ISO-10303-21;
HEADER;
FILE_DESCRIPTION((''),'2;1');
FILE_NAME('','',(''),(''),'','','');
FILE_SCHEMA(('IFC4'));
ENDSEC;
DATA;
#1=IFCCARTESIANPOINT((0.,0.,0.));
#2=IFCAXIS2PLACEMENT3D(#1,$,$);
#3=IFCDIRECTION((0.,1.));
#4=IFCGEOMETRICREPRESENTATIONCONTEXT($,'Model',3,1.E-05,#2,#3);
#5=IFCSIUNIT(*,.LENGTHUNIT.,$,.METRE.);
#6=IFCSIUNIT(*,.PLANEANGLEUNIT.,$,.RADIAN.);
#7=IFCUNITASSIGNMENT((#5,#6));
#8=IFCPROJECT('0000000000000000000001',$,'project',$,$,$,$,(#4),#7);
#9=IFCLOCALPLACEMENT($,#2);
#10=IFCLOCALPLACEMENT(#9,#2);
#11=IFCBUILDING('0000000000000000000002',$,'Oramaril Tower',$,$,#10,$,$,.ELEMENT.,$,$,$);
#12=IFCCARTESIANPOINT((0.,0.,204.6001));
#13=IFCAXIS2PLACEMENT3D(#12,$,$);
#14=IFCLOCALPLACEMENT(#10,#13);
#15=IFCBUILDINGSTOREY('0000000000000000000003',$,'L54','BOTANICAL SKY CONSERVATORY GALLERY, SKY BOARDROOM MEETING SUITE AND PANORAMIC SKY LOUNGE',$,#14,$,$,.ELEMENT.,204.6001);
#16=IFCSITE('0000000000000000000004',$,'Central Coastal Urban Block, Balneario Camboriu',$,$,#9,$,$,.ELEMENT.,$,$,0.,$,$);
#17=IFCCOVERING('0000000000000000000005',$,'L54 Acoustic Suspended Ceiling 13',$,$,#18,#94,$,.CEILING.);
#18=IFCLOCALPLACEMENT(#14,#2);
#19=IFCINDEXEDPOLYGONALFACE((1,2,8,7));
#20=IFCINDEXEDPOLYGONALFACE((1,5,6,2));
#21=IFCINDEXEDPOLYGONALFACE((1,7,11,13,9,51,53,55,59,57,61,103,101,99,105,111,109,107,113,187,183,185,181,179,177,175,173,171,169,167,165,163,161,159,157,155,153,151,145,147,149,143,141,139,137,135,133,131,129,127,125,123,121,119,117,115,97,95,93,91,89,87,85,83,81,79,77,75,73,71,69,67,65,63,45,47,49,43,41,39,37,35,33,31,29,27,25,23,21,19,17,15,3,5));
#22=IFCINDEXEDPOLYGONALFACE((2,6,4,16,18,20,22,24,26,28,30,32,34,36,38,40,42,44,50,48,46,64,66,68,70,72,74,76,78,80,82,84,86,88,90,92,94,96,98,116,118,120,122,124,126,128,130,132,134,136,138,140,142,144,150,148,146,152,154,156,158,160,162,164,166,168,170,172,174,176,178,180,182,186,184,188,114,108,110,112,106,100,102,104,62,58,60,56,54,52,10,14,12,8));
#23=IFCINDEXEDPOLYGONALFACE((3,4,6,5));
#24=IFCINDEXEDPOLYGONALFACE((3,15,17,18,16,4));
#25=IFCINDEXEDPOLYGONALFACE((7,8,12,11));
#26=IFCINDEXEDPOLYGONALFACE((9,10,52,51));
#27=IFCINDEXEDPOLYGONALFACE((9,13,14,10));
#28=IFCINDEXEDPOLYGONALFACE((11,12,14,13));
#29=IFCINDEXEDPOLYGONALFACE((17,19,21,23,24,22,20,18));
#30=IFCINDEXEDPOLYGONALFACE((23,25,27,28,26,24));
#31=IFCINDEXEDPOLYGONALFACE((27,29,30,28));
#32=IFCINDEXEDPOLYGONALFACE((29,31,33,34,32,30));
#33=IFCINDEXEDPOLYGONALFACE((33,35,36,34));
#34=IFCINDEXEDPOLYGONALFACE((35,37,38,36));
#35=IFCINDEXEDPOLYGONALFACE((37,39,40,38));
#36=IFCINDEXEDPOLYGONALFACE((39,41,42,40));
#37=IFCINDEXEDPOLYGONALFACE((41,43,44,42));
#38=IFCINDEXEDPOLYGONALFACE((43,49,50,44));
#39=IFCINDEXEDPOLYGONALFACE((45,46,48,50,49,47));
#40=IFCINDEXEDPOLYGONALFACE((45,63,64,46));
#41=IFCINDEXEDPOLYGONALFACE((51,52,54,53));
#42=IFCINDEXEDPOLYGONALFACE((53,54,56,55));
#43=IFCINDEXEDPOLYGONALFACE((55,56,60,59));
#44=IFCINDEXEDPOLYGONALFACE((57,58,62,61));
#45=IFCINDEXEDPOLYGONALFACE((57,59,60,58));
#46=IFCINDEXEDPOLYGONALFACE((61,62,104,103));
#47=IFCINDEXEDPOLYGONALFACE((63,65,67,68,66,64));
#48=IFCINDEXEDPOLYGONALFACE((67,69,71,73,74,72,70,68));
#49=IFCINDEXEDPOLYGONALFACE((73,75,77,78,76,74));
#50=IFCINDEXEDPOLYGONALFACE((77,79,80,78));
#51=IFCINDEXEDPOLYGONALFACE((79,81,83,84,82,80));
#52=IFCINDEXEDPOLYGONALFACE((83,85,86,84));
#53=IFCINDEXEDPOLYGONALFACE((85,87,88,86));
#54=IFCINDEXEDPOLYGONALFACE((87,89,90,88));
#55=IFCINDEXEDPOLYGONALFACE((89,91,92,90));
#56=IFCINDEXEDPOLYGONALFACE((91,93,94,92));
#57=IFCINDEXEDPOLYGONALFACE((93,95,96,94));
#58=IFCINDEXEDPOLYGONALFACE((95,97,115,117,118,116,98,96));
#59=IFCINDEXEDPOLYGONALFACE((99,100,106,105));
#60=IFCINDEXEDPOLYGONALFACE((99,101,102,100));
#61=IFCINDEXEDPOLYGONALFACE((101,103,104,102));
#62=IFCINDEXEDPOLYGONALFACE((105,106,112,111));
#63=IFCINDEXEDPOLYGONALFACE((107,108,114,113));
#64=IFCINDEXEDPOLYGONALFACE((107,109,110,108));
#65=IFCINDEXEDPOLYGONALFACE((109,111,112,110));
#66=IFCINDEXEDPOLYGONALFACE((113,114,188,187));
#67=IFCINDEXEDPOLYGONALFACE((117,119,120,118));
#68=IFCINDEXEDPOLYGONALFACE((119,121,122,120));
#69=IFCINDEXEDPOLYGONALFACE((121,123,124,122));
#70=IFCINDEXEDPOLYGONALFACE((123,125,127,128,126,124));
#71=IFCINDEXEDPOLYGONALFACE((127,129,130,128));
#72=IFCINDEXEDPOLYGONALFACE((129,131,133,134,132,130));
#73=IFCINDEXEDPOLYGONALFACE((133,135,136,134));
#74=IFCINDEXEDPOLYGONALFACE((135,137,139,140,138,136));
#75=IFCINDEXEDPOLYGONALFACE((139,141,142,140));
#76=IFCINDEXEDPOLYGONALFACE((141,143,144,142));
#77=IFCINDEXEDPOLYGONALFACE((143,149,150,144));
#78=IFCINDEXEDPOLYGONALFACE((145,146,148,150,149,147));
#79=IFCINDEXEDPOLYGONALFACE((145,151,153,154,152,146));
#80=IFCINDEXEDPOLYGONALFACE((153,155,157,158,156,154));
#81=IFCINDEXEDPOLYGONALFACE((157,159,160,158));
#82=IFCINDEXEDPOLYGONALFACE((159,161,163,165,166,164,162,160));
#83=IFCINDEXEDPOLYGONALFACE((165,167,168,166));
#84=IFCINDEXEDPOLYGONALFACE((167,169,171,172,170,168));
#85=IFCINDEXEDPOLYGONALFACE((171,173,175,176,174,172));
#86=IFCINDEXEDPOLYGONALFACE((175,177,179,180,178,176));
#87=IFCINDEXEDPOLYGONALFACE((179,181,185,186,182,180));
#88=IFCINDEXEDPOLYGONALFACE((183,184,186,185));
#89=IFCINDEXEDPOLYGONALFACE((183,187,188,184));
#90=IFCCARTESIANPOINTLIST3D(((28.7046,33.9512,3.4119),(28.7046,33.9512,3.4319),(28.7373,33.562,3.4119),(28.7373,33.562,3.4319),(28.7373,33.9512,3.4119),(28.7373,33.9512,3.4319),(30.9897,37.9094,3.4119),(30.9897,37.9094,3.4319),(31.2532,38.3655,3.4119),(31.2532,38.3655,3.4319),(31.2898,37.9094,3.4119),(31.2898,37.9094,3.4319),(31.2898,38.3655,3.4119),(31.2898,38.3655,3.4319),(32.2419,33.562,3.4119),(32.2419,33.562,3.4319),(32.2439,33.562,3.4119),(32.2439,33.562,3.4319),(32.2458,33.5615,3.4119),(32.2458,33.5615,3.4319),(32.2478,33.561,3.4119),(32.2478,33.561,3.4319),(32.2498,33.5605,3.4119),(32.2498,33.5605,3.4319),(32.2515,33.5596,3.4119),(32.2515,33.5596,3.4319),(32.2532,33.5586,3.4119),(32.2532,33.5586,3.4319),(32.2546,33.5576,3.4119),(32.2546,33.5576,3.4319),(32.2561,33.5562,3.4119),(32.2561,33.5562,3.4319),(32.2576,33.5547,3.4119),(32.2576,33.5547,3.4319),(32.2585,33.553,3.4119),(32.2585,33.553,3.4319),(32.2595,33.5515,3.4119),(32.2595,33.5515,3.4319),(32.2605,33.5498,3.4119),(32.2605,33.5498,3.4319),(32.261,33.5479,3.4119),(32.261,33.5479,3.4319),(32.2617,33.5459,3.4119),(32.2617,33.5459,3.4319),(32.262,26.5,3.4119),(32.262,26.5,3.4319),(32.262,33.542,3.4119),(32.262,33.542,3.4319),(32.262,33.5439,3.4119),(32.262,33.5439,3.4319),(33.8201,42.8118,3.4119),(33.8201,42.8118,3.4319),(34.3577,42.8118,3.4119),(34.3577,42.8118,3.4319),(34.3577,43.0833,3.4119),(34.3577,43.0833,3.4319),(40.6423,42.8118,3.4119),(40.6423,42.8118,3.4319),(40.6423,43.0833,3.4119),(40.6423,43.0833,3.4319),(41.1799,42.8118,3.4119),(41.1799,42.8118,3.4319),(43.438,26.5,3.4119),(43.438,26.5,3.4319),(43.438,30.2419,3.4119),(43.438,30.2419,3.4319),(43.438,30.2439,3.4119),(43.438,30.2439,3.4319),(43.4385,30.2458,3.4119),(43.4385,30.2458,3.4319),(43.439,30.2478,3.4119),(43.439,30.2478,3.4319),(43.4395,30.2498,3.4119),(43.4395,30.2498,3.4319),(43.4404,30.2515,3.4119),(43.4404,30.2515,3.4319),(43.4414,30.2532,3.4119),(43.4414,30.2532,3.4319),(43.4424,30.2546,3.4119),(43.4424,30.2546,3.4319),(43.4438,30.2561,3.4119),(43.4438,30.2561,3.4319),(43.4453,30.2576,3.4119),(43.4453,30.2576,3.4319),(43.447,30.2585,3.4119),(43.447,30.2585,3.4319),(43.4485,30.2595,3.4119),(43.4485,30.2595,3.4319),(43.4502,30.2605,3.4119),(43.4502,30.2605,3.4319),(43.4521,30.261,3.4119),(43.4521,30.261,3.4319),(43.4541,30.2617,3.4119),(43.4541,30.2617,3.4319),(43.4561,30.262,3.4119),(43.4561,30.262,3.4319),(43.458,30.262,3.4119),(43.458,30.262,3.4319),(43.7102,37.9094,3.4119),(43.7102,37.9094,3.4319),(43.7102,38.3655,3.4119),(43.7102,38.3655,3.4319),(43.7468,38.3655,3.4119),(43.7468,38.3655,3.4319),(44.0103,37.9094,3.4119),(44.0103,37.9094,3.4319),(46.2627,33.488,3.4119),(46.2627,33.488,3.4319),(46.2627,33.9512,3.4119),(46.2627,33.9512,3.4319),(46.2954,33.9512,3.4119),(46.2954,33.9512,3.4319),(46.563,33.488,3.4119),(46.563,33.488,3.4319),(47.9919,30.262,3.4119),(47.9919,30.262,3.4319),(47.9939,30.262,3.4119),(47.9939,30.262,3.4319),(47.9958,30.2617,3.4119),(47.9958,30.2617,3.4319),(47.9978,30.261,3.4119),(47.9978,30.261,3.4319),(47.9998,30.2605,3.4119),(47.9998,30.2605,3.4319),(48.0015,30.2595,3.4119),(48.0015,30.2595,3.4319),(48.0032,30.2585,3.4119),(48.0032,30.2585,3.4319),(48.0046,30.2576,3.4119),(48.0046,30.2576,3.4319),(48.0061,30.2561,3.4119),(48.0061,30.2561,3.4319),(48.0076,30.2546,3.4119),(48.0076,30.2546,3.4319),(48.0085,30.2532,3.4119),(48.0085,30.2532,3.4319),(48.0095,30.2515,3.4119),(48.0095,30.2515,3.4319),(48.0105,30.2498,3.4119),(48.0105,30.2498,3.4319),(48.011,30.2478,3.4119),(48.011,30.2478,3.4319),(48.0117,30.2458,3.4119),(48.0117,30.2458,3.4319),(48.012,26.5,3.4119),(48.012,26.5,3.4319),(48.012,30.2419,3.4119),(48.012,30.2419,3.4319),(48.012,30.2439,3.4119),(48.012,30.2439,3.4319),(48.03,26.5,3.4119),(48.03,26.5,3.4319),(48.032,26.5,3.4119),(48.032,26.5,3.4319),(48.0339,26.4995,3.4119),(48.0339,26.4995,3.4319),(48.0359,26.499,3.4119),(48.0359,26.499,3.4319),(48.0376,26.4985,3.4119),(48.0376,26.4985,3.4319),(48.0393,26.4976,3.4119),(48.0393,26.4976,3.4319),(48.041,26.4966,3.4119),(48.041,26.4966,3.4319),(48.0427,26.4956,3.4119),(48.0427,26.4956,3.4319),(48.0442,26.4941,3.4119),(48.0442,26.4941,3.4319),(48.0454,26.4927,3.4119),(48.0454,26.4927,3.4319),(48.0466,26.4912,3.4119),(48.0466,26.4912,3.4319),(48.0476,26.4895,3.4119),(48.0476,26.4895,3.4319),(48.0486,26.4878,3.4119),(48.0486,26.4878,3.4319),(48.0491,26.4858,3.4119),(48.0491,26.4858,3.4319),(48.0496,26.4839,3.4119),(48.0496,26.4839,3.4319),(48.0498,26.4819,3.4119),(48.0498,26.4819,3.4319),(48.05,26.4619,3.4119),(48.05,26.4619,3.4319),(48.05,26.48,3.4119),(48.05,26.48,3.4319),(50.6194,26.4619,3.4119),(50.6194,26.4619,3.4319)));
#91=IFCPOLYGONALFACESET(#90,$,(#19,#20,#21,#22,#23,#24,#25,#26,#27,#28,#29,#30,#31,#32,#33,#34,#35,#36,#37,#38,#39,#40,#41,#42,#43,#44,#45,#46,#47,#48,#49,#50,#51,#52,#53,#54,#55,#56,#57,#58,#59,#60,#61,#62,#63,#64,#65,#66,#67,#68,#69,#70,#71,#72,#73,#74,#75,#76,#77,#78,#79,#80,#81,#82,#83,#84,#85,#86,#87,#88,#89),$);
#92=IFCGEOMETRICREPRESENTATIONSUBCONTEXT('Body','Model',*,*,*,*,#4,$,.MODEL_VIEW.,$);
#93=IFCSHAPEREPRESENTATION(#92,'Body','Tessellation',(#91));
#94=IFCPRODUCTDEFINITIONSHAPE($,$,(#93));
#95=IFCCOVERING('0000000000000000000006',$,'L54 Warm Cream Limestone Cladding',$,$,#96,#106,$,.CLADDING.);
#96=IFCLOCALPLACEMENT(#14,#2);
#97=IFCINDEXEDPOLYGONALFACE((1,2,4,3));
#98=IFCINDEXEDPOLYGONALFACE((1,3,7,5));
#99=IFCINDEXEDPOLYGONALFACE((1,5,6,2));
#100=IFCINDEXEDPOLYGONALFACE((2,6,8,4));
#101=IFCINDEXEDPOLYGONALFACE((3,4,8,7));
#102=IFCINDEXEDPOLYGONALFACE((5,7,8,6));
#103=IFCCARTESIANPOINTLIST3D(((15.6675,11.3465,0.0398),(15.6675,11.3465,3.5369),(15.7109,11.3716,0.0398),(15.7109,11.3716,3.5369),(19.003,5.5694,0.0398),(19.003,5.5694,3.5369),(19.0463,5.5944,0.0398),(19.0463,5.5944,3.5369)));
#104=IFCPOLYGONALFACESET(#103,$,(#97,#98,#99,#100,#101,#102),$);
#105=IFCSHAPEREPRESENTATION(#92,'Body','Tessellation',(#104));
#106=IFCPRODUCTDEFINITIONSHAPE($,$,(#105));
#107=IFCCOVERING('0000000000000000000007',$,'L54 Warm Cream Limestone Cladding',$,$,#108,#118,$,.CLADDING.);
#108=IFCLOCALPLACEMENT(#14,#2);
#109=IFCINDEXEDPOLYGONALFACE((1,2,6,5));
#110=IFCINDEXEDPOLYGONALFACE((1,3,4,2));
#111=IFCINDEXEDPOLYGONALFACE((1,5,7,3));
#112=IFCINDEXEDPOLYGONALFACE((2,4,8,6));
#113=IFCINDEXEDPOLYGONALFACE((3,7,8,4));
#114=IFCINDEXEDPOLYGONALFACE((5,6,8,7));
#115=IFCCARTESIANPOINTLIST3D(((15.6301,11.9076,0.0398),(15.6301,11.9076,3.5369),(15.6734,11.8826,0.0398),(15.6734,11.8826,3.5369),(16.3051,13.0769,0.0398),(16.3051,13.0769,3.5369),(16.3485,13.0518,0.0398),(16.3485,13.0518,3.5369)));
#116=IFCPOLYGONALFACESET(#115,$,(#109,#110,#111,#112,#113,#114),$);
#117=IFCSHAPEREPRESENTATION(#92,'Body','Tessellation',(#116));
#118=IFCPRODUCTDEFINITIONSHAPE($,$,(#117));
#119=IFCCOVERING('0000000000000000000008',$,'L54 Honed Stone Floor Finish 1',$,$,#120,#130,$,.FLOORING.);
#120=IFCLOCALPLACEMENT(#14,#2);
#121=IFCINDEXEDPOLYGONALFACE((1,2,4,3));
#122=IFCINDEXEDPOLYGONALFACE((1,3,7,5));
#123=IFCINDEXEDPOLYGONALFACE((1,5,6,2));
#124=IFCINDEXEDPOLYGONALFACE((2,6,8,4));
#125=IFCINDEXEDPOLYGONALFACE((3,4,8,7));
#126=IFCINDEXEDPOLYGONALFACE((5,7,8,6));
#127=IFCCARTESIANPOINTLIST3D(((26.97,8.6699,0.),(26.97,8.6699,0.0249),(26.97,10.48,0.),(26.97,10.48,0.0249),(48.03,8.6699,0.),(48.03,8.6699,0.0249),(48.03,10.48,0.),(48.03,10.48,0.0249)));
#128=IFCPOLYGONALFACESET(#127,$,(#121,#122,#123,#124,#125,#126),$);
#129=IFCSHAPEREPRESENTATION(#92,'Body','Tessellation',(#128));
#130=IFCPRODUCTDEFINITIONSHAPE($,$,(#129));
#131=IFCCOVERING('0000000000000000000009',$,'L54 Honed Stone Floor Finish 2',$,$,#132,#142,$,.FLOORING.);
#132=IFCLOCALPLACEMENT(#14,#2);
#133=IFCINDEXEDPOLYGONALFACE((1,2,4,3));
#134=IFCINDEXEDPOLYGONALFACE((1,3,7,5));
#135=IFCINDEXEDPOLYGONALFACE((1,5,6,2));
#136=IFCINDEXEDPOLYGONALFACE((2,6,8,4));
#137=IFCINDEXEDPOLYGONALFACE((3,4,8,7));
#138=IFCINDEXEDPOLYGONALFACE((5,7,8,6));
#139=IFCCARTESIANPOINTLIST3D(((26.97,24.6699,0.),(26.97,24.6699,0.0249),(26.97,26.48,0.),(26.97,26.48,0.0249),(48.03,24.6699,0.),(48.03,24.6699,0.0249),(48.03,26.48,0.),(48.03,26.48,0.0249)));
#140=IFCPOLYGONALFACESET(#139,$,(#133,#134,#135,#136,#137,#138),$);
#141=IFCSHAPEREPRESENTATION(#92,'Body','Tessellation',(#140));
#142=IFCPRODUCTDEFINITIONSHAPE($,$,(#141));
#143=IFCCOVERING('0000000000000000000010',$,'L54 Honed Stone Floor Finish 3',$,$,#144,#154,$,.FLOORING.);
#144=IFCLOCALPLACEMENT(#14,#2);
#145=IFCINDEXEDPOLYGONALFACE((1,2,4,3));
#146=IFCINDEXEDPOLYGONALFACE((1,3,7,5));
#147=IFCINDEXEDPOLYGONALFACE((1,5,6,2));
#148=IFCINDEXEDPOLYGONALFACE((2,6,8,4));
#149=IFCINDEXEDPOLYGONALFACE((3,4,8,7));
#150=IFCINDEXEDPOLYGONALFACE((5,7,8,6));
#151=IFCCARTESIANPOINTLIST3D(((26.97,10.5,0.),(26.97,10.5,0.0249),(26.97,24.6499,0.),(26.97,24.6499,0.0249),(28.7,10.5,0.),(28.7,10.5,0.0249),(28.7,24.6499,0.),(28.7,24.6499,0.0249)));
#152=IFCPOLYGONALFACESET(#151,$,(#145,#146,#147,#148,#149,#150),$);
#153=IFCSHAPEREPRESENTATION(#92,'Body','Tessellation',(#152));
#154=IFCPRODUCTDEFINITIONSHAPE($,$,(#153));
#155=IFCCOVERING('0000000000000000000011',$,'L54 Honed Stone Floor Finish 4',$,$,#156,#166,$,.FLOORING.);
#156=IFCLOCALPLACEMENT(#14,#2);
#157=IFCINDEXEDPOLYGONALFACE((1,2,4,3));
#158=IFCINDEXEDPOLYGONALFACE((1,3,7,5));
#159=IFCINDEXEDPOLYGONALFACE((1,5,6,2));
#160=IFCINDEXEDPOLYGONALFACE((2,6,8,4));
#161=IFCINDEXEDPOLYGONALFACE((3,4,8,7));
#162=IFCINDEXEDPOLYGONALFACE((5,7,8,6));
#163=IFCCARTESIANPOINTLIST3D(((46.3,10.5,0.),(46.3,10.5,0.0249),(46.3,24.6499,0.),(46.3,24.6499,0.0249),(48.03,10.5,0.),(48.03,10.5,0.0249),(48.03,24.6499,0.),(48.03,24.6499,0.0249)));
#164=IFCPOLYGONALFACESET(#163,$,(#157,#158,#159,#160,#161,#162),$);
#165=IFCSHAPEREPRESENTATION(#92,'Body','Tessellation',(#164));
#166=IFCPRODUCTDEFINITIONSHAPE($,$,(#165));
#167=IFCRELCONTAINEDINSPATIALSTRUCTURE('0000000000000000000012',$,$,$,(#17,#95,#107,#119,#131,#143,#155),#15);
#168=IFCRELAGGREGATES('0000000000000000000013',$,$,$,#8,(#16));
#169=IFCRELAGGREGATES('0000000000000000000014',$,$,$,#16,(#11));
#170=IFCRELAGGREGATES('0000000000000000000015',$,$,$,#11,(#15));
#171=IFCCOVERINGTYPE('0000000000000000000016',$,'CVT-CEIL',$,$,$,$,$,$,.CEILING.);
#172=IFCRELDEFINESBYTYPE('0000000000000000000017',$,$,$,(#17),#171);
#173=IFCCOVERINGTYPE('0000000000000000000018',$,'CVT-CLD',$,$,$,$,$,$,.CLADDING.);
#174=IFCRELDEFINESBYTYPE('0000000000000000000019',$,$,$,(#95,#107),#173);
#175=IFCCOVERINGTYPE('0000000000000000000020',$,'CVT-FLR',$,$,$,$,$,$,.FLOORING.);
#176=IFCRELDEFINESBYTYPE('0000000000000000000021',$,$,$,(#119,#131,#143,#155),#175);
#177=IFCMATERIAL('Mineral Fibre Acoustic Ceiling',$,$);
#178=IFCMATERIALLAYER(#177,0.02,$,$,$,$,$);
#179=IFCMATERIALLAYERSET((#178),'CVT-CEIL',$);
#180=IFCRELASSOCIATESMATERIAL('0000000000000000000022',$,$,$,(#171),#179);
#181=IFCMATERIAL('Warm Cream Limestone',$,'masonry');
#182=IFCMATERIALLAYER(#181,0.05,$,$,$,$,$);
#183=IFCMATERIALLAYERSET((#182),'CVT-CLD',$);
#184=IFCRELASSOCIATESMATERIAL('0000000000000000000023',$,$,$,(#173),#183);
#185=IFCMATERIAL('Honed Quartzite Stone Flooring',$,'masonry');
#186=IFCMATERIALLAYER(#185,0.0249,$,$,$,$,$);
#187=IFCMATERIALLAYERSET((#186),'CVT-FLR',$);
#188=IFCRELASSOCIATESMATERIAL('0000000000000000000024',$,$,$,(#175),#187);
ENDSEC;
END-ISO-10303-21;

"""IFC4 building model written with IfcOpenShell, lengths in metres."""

from ifc_helpers import new_model, si_unit, direction, frame, origin, origin_2d, place, context, subcontext, project, spatial, polyline, rectangle, outline, extrude, material, layer, layer_set, type_object, element, save


model = new_model("IFC4")

# Units and contexts
model_context = context("Model", 3, precision=1e-05, world=origin(), true_north=direction((0.0, 1.0)))
body_context = subcontext(model_context, "Body", "Model", "MODEL_VIEW")
ifc_project = project(units=[si_unit("LENGTHUNIT", "METRE"), si_unit("PLANEANGLEUNIT", "RADIAN")], contexts=[model_context])

# Site, building, storey
site_placement = place(None, origin())
site = spatial("IfcSite", under=ifc_project, at=site_placement, Name="Central Coastal Urban Block, Balneario Camboriu", CompositionType="ELEMENT", RefElevation=0.0)
building_placement = place(site_placement, origin())
building = spatial("IfcBuilding", under=site, at=building_placement, Name="Oramaril Tower", CompositionType="ELEMENT")
storey_placement = place(building_placement, frame((0.0, 0.0, 204.6001)))
storey = spatial("IfcBuildingStorey", under=building, at=storey_placement, Name="L54", Description="BOTANICAL SKY CONSERVATORY GALLERY, SKY BOARDROOM MEETING SUITE AND PANORAMIC SKY LOUNGE", CompositionType="ELEMENT", Elevation=204.6001)

# Coverings
ifc_material_1 = material(Name="Mineral Fibre Acoustic Ceiling")
ifc_layer_1 = layer(ifc_material_1, 0.02)
ifc_layer_set_1 = layer_set([ifc_layer_1], Name="CVT-CEIL")
covering_type_1 = type_object("IfcCoveringType", Name="CVT-CEIL", PredefinedType="CEILING", material=ifc_layer_set_1)
covering_1_placement = place(storey_placement, frame((0.0, 0.0, 3.4119)))
element("IfcCovering", 1, at=covering_1_placement, inside=storey, type_object=covering_type_1, Name="L54 Acoustic Suspended Ceiling 13", PredefinedType="CEILING", context=body_context, shape_type="SweptSolid", body=[
    extrude(outline(polyline([(28.7373, 33.9512), (28.7046, 33.9512), (30.9897, 37.9094), (31.2898, 37.9094), (31.2898, 38.3655), (31.2532, 38.3655), (33.8201, 42.8118), (34.3577, 42.8118), (34.3577, 43.0833), (40.6423, 43.0833), (40.6423, 42.8118), (41.1799, 42.8118), (43.7468, 38.3655), (43.7102, 38.3655), (43.7102, 37.9094), (44.0103, 37.9094), (46.2954, 33.9512), (46.2627, 33.9512), (46.2627, 33.488), (46.563, 33.488), (50.6194, 26.4619), (48.05, 26.4619), (48.05, 26.48), (48.0498, 26.4819), (48.0496, 26.4839), (48.0491, 26.4858), (48.0486, 26.4878), (48.0476, 26.4895), (48.0466, 26.4912), (48.0454, 26.4927), (48.0442, 26.4941), (48.0427, 26.4956), (48.041, 26.4966), (48.0393, 26.4976), (48.0376, 26.4985), (48.0359, 26.499), (48.0339, 26.4995), (48.032, 26.5), (48.03, 26.5), (48.012, 26.5), (48.012, 30.2419), (48.012, 30.2439), (48.0117, 30.2458), (48.011, 30.2478), (48.0105, 30.2498), (48.0095, 30.2515), (48.0085, 30.2532), (48.0076, 30.2546), (48.0061, 30.2561), (48.0046, 30.2576), (48.0032, 30.2585), (48.0015, 30.2595), (47.9998, 30.2605), (47.9978, 30.261), (47.9958, 30.2617), (47.9939, 30.262), (47.9919, 30.262), (43.458, 30.262), (43.4561, 30.262), (43.4541, 30.2617), (43.4521, 30.261), (43.4502, 30.2605), (43.4485, 30.2595), (43.447, 30.2585), (43.4453, 30.2576), (43.4438, 30.2561), (43.4424, 30.2546), (43.4414, 30.2532), (43.4404, 30.2515), (43.4395, 30.2498), (43.439, 30.2478), (43.4385, 30.2458), (43.438, 30.2439), (43.438, 30.2419), (43.438, 26.5), (32.262, 26.5), (32.262, 33.542), (32.262, 33.5439), (32.2617, 33.5459), (32.261, 33.5479), (32.2605, 33.5498), (32.2595, 33.5515), (32.2585, 33.553), (32.2576, 33.5547), (32.2561, 33.5562), (32.2546, 33.5576), (32.2532, 33.5586), (32.2515, 33.5596), (32.2498, 33.5605), (32.2478, 33.561), (32.2458, 33.5615), (32.2439, 33.562), (32.2419, 33.562), (28.7373, 33.562), (28.7373, 33.9512)])), origin(), (0.0, 0.0, 1.0), 0.02),
])
ifc_material_2 = material(Name="Warm Cream Limestone", Category="masonry")
ifc_layer_2 = layer(ifc_material_2, 0.05)
ifc_layer_set_2 = layer_set([ifc_layer_2], Name="CVT-CLD")
covering_type_2 = type_object("IfcCoveringType", Name="CVT-CLD", PredefinedType="CLADDING", material=ifc_layer_set_2)
covering_2_placement = place(storey_placement, frame((17.3569, 8.4705, 0.0398), z_axis=(0.0, 0.0, 1.0), x_axis=(0.499998, -0.866026, 0.0)))
element("IfcCovering", 2, at=covering_2_placement, inside=storey, type_object=covering_type_2, Name="L54 Warm Cream Limestone Cladding", PredefinedType="CLADDING", context=body_context, shape_type="SweptSolid", body=[
    extrude(rectangle(XDim=6.6709, YDim=0.05, at=origin_2d()), origin(), (0.0, 0.0, 1.0), 3.4971),
])
covering_3_placement = place(storey_placement, frame((15.9893, 12.4797, 0.0398), z_axis=(0.0, 0.0, 1.0), x_axis=(-0.5, -0.866025, 0.0)))
element("IfcCovering", 3, at=covering_3_placement, inside=storey, type_object=covering_type_2, Name="L54 Warm Cream Limestone Cladding", PredefinedType="CLADDING", context=body_context, shape_type="SweptSolid", body=[
    extrude(rectangle(XDim=1.3501, YDim=0.05, at=origin_2d()), origin(), (0.0, 0.0, 1.0), 3.4971),
])
ifc_material_3 = material(Name="Honed Quartzite Stone Flooring", Category="masonry")
ifc_layer_3 = layer(ifc_material_3, 0.0249)
ifc_layer_set_3 = layer_set([ifc_layer_3], Name="CVT-FLR")
covering_type_3 = type_object("IfcCoveringType", Name="CVT-FLR", PredefinedType="FLOORING", material=ifc_layer_set_3)
covering_4_placement = place(storey_placement, origin())
element("IfcCovering", 4, at=covering_4_placement, inside=storey, type_object=covering_type_3, Name="L54 Honed Stone Floor Finish 1", PredefinedType="FLOORING", context=body_context, shape_type="SweptSolid", body=[
    extrude(outline(polyline([(48.03, 10.48), (48.03, 8.6699), (26.97, 8.6699), (26.97, 10.48), (48.03, 10.48)])), origin(), (0.0, 0.0, 1.0), 0.0249),
])
covering_5_placement = place(storey_placement, origin())
element("IfcCovering", 5, at=covering_5_placement, inside=storey, type_object=covering_type_3, Name="L54 Honed Stone Floor Finish 2", PredefinedType="FLOORING", context=body_context, shape_type="SweptSolid", body=[
    extrude(outline(polyline([(48.03, 26.48), (48.03, 24.6699), (26.97, 24.6699), (26.97, 26.48), (48.03, 26.48)])), origin(), (0.0, 0.0, 1.0), 0.0249),
])
covering_6_placement = place(storey_placement, origin())
element("IfcCovering", 6, at=covering_6_placement, inside=storey, type_object=covering_type_3, Name="L54 Honed Stone Floor Finish 3", PredefinedType="FLOORING", context=body_context, shape_type="SweptSolid", body=[
    extrude(outline(polyline([(28.7, 10.5), (26.97, 10.5), (26.97, 24.6499), (28.7, 24.6499), (28.7, 10.5)])), origin(), (0.0, 0.0, 1.0), 0.0249),
])
covering_7_placement = place(storey_placement, origin())
element("IfcCovering", 7, at=covering_7_placement, inside=storey, type_object=covering_type_3, Name="L54 Honed Stone Floor Finish 4", PredefinedType="FLOORING", context=body_context, shape_type="SweptSolid", body=[
    extrude(outline(polyline([(48.03, 10.5), (46.3, 10.5), (46.3, 24.6499), (48.03, 24.6499), (48.03, 10.5)])), origin(), (0.0, 0.0, 1.0), 0.0249),
])

save(model, "model.ifc")
